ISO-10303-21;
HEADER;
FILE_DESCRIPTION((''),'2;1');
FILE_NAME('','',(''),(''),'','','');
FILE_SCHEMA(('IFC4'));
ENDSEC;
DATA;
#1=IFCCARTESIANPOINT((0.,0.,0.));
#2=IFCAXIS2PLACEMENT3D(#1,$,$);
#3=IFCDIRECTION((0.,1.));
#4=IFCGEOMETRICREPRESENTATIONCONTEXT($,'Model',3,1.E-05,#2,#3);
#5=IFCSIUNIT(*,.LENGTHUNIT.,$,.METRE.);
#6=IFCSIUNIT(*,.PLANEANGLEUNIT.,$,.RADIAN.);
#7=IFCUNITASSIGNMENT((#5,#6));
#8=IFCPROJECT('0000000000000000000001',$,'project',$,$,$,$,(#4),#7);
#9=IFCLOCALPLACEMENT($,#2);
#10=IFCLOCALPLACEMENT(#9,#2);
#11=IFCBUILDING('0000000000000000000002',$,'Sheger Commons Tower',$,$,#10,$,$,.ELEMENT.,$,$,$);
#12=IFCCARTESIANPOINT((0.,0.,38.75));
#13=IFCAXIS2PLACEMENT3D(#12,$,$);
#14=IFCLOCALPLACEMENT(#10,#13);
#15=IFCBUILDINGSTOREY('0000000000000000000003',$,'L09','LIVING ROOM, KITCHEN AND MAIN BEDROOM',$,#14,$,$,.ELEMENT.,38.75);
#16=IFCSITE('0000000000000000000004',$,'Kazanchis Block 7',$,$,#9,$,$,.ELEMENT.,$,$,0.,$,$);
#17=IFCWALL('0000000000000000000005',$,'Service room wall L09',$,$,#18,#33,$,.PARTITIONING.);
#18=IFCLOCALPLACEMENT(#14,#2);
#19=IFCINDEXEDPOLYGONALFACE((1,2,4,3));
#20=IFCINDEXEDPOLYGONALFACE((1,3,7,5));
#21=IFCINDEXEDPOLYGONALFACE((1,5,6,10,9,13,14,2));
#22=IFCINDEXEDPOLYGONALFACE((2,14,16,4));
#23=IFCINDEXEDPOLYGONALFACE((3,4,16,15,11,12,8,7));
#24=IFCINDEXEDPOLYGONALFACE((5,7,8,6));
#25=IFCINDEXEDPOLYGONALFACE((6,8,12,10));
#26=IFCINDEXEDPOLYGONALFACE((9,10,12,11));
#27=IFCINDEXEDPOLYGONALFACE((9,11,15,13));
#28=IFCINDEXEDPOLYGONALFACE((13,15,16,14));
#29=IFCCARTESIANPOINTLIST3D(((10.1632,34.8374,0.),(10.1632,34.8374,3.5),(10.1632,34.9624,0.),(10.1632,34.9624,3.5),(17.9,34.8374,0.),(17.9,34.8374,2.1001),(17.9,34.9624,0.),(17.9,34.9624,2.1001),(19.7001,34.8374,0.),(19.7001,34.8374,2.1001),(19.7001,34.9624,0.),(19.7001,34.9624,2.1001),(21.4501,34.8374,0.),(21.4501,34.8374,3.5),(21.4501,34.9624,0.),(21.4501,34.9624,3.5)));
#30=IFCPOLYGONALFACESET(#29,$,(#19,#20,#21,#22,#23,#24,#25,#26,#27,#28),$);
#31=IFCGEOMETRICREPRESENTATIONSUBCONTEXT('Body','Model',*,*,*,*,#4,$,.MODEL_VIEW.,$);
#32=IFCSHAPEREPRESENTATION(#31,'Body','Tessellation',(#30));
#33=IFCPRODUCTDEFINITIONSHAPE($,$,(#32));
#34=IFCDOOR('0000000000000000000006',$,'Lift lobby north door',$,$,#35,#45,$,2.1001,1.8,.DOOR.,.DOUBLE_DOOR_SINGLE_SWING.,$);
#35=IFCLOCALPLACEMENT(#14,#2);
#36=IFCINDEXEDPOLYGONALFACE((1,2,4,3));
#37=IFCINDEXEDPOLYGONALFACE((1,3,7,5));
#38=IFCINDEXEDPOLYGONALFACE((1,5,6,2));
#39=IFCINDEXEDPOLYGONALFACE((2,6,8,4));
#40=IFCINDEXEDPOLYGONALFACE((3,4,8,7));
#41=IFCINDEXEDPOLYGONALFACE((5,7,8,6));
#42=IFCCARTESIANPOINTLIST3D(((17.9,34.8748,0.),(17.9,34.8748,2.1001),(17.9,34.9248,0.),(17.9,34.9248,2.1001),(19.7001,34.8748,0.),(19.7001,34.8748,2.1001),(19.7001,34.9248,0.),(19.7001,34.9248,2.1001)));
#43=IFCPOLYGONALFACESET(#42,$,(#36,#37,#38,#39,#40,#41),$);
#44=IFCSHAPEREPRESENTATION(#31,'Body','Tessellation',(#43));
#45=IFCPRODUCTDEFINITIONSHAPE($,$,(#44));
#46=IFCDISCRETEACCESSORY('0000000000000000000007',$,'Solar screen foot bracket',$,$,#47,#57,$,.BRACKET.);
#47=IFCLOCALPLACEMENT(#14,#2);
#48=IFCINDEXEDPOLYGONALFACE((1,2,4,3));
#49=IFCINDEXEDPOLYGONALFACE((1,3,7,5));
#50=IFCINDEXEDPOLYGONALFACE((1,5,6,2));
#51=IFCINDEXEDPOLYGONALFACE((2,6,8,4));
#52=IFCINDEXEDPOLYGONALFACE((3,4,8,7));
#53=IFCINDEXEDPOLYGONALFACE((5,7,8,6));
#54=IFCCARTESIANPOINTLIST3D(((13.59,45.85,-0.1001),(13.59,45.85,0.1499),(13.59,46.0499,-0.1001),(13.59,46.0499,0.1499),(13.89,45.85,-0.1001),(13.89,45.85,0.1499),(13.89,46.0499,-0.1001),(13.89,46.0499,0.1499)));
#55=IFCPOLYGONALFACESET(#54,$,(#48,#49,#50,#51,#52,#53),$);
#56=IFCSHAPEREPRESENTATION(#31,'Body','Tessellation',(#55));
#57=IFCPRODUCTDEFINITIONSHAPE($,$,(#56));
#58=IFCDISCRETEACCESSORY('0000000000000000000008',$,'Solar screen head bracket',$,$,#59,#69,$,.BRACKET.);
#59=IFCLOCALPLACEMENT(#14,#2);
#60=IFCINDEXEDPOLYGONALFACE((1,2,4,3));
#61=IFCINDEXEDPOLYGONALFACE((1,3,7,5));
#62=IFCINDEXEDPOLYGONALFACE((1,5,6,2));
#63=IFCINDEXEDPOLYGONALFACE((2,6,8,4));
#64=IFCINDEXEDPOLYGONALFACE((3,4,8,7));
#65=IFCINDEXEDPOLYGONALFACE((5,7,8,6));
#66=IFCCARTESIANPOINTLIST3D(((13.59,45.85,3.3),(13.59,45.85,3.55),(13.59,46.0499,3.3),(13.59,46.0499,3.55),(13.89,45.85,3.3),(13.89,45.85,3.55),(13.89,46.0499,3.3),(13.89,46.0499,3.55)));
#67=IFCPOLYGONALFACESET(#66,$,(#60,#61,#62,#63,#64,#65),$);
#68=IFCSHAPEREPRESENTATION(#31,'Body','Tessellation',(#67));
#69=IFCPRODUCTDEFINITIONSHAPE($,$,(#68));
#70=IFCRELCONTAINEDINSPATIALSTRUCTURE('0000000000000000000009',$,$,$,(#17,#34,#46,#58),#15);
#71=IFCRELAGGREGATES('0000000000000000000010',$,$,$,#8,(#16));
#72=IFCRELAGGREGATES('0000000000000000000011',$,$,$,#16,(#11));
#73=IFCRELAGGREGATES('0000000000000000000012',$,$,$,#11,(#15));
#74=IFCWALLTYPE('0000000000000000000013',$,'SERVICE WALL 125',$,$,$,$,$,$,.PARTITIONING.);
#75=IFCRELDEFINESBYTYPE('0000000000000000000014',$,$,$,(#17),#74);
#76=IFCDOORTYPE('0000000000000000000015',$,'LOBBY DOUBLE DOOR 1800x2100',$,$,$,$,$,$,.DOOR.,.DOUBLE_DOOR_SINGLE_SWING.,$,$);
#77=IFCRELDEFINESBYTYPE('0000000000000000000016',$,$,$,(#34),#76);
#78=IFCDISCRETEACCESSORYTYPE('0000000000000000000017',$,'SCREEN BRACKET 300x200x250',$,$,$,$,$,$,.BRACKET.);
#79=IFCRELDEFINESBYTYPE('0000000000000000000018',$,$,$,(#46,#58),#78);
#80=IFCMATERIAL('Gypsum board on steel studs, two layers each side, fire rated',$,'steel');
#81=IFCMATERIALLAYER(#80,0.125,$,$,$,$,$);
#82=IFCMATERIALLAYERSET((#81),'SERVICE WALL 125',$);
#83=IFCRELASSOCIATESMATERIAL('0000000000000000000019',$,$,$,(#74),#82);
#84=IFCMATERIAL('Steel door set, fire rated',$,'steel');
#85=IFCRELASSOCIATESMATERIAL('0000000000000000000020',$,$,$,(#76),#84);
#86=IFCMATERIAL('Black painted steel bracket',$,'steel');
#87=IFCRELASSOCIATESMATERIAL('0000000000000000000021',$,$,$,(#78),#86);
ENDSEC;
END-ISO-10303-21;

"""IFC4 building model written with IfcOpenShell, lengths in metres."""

from ifc_helpers import new_model, si_unit, direction, frame, frame_2d, origin, origin_2d, place, context, subcontext, project, spatial, rectangle, extrude, material, layer, layer_set, type_object, element, fill, save


model = new_model("IFC4")

# Units and contexts
model_context = context("Model", 3, precision=1e-05, world=origin(), true_north=direction((0.0, 1.0)))
body_context = subcontext(model_context, "Body", "Model", "MODEL_VIEW")
ifc_project = project(units=[si_unit("LENGTHUNIT", "METRE"), si_unit("PLANEANGLEUNIT", "RADIAN")], contexts=[model_context])

# Site, building, storey
site_placement = place(None, origin())
site = spatial("IfcSite", under=ifc_project, at=site_placement, Name="Kazanchis Block 7", CompositionType="ELEMENT", RefElevation=0.0)
building_placement = place(site_placement, origin())
building = spatial("IfcBuilding", under=site, at=building_placement, Name="Sheger Commons Tower", CompositionType="ELEMENT")
storey_placement = place(building_placement, frame((0.0, 0.0, 38.75)))
storey = spatial("IfcBuildingStorey", under=building, at=storey_placement, Name="L09", Description="LIVING ROOM, KITCHEN AND MAIN BEDROOM", CompositionType="ELEMENT", Elevation=38.75)

# Wall, opening, door
ifc_material_1 = material(Name="Gypsum board on steel studs, two layers each side, fire rated", Category="steel")
ifc_layer_1 = layer(ifc_material_1, 0.125)
ifc_layer_set_1 = layer_set([ifc_layer_1], Name="SERVICE WALL 125")
wall_type_1 = type_object("IfcWallType", Name="SERVICE WALL 125", PredefinedType="PARTITIONING", material=ifc_layer_set_1)
wall_1_placement = place(storey_placement, frame((10.1631, 34.8999, 0.0), z_axis=(0.0, 0.0, 1.0), x_axis=(1.0, 0.0, 0.0)))
wall_1 = element("IfcWall", 1, at=wall_1_placement, inside=storey, type_object=wall_type_1, Name="Service room wall L09", PredefinedType="PARTITIONING", context=body_context, shape_type="SweptSolid", body=[
    extrude(rectangle(XDim=11.2869, YDim=0.125, at=frame_2d((5.6436, 0.0))), origin(), (0.0, 0.0, 1.0), 3.5),
])
opening_1_placement = place(wall_1_placement, frame((7.7371, 0.0, 0.0)))
opening_1 = element("IfcOpeningElement", 2, at=opening_1_placement, cuts=wall_1, PredefinedType="OPENING", context=body_context, shape_type="SweptSolid", body=[
    extrude(rectangle(XDim=1.8, YDim=2.1001, at=frame_2d((0.8999, 1.05))), frame((0.0, 0.0725, 0.0), z_axis=(0.0, -1.0, 0.0), x_axis=(1.0, 0.0, 0.0)), (0.0, 0.0, 1.0), 0.145),
])
ifc_material_2 = material(Name="Steel door set, fire rated", Category="steel")
door_type_1 = type_object("IfcDoorType", Name="LOBBY DOUBLE DOOR 1800x2100", OperationType="DOUBLE_DOOR_SINGLE_SWING", PredefinedType="DOOR", material=ifc_material_2)
door_1_placement = place(opening_1_placement, origin())
door_1 = element("IfcDoor", 3, at=door_1_placement, inside=storey, type_object=door_type_1, Name="Lift lobby north door", OperationType="DOUBLE_DOOR_SINGLE_SWING", OverallHeight=2.1001, OverallWidth=1.8, PredefinedType="DOOR", context=body_context, shape_type="SweptSolid", body=[
    extrude(rectangle(XDim=1.8, YDim=2.1001, at=frame_2d((0.8999, 1.05))), frame((0.0, 0.0249, 0.0), z_axis=(0.0, -1.0, 0.0), x_axis=(1.0, 0.0, 0.0)), (0.0, 0.0, 1.0), 0.05),
])
fill(opening_1, door_1)

# Discrete accessories
ifc_material_3 = material(Name="Black painted steel bracket", Category="steel")
discrete_accessory_type = type_object("IfcDiscreteAccessoryType", Name="SCREEN BRACKET 300x200x250", PredefinedType="BRACKET", material=ifc_material_3)
for number, where, z_axis, x_axis, name in (
    (4, (13.74, 45.95, -0.1001), (0.0, 0.0, 1.0), (-1.0, 0.0, 0.0), "Solar screen foot bracket"),
    (5, (13.74, 45.95, 3.3), (0.0, 0.0, 1.0), (-1.0, 0.0, 0.0), "Solar screen head bracket"),
):
    element("IfcDiscreteAccessory", number, at=place(storey_placement, frame(where, z_axis=z_axis, x_axis=x_axis)), inside=storey, type_object=discrete_accessory_type, Name=name, PredefinedType="BRACKET", context=body_context, shape_type="SweptSolid", body=[
        extrude(rectangle(XDim=0.3, YDim=0.2, at=origin_2d()), origin(), (0.0, 0.0, 1.0), 0.25),
    ])

save(model, "model.ifc")
